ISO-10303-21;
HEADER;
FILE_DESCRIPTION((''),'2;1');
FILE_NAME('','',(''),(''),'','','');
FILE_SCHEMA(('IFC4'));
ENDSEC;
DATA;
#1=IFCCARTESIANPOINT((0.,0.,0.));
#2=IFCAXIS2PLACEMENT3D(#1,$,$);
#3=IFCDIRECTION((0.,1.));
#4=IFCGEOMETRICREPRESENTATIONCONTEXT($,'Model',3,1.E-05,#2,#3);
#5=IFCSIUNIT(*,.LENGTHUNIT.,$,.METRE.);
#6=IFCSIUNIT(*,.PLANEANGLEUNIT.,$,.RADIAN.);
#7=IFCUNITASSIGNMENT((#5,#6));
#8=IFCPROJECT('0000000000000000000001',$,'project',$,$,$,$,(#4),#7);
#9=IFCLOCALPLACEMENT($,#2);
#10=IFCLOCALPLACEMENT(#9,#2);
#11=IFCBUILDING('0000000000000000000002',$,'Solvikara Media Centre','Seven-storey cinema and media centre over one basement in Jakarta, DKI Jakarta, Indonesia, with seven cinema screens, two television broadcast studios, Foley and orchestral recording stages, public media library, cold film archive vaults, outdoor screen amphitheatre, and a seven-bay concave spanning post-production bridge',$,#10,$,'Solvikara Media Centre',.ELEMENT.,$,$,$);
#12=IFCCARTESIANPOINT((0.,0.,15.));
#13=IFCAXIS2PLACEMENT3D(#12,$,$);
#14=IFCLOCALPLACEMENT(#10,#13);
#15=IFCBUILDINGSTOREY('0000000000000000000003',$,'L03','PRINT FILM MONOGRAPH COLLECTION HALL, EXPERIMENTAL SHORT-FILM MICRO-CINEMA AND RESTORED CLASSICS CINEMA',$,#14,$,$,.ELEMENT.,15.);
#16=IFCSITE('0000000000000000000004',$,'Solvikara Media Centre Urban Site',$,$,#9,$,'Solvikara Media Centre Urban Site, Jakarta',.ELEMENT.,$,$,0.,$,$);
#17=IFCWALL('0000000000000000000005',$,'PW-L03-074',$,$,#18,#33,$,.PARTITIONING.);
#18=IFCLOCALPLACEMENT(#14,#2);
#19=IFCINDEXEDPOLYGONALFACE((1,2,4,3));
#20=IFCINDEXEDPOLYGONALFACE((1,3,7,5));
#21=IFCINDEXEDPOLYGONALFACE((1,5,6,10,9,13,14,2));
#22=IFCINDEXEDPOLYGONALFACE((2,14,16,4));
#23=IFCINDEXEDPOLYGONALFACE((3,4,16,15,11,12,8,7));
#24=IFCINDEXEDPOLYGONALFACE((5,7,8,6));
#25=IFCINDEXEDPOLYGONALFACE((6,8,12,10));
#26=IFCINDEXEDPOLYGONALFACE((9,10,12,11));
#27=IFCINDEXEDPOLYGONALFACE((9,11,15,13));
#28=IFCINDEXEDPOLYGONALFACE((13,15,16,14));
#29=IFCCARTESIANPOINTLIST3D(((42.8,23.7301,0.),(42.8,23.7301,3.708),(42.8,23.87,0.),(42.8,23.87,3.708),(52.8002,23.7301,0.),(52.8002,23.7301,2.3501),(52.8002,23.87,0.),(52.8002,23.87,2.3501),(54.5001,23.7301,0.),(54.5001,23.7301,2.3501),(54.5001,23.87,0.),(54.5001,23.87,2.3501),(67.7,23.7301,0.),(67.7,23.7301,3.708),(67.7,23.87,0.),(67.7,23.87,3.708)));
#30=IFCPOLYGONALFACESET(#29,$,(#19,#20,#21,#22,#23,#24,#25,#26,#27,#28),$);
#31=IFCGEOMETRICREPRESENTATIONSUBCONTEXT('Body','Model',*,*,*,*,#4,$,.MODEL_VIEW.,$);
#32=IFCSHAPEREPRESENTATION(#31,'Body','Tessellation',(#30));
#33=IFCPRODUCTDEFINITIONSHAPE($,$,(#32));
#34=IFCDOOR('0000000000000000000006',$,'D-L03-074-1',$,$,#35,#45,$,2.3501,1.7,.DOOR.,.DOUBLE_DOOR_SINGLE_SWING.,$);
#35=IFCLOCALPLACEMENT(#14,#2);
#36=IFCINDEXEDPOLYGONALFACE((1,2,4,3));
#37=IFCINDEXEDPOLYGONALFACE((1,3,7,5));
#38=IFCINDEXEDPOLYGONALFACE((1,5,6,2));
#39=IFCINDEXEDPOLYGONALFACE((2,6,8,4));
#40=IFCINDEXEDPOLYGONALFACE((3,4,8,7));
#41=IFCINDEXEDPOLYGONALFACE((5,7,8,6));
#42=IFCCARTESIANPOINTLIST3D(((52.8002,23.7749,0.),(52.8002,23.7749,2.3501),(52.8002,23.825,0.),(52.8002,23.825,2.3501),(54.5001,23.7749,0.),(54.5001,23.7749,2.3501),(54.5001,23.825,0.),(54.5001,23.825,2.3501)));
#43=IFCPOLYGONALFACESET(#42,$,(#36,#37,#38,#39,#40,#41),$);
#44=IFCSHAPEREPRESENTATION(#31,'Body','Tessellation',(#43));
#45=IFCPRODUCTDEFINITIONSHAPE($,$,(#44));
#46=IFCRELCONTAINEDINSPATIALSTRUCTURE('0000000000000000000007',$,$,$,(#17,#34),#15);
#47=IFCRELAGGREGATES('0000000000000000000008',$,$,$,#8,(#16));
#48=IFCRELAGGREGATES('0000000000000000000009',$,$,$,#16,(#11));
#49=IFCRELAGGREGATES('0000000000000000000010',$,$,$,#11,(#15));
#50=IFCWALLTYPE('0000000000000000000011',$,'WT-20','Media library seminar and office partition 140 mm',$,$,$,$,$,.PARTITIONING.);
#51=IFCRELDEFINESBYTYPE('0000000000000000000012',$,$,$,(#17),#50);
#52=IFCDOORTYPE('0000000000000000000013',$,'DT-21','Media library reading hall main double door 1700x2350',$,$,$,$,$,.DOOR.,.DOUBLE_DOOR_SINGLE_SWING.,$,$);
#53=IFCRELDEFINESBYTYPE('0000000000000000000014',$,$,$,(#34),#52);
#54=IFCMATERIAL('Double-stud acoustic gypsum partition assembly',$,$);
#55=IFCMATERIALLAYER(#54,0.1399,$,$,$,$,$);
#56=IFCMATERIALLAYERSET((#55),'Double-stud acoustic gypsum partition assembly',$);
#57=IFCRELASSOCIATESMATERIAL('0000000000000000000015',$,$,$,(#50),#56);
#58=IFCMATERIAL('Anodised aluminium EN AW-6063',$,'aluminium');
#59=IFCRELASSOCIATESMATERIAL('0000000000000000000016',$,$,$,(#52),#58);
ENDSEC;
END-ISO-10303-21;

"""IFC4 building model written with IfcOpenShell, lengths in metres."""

from ifc_helpers import new_model, si_unit, direction, frame, frame_2d, origin, place, context, subcontext, project, spatial, rectangle, extrude, material, layer, layer_set, type_object, element, fill, save


model = new_model("IFC4")

# Units and contexts
model_context = context("Model", 3, precision=1e-05, world=origin(), true_north=direction((0.0, 1.0)))
body_context = subcontext(model_context, "Body", "Model", "MODEL_VIEW")
ifc_project = project(units=[si_unit("LENGTHUNIT", "METRE"), si_unit("PLANEANGLEUNIT", "RADIAN")], contexts=[model_context])

# Site, building, storey
site_placement = place(None, origin())
site = spatial("IfcSite", under=ifc_project, at=site_placement, Name="Solvikara Media Centre Urban Site", LongName="Solvikara Media Centre Urban Site, Jakarta", CompositionType="ELEMENT", RefElevation=0.0)
building_placement = place(site_placement, origin())
building = spatial("IfcBuilding", under=site, at=building_placement, Name="Solvikara Media Centre", Description="Seven-storey cinema and media centre over one basement in Jakarta, DKI Jakarta, Indonesia, with seven cinema screens, two television broadcast studios, Foley and orchestral recording stages, public media library, cold film archive vaults, outdoor screen amphitheatre, and a seven-bay concave spanning post-production bridge", LongName="Solvikara Media Centre", CompositionType="ELEMENT")
storey_placement = place(building_placement, frame((0.0, 0.0, 15.0)))
storey = spatial("IfcBuildingStorey", under=building, at=storey_placement, Name="L03", Description="PRINT FILM MONOGRAPH COLLECTION HALL, EXPERIMENTAL SHORT-FILM MICRO-CINEMA AND RESTORED CLASSICS CINEMA", CompositionType="ELEMENT", Elevation=15.0)

# Wall, opening, door
ifc_material_1 = material(Name="Double-stud acoustic gypsum partition assembly")
ifc_layer_1 = layer(ifc_material_1, 0.1399)
ifc_layer_set_1 = layer_set([ifc_layer_1], Name="Double-stud acoustic gypsum partition assembly")
wall_type_1 = type_object("IfcWallType", Name="WT-20", Description="Media library seminar and office partition 140 mm", PredefinedType="PARTITIONING", material=ifc_layer_set_1)
wall_1_placement = place(storey_placement, frame((42.8, 23.8, 0.0), z_axis=(0.0, 0.0, 1.0), x_axis=(1.0, 0.0, 0.0)))
wall_1 = element("IfcWall", 1, at=wall_1_placement, inside=storey, type_object=wall_type_1, Name="PW-L03-074", PredefinedType="PARTITIONING", context=body_context, shape_type="SweptSolid", body=[
    extrude(rectangle(XDim=24.8999, YDim=0.1399, at=frame_2d((12.45, 0.0))), origin(), (0.0, 0.0, 1.0), 3.708),
])
opening_1_placement = place(wall_1_placement, frame((10.0, 0.0, 0.0)))
opening_1 = element("IfcOpeningElement", 2, at=opening_1_placement, cuts=wall_1, PredefinedType="OPENING", context=body_context, shape_type="SweptSolid", body=[
    extrude(rectangle(XDim=1.7, YDim=2.3501, at=frame_2d((0.8501, 1.175))), frame((0.0, 0.082, 0.0), z_axis=(0.0, -1.0, 0.0), x_axis=(1.0, 0.0, 0.0)), (0.0, 0.0, 1.0), 0.1638),
])
ifc_material_2 = material(Name="Anodised aluminium EN AW-6063", Category="aluminium")
door_type_1 = type_object("IfcDoorType", Name="DT-21", Description="Media library reading hall main double door 1700x2350", OperationType="DOUBLE_DOOR_SINGLE_SWING", PredefinedType="DOOR", material=ifc_material_2)
door_1_placement = place(opening_1_placement, origin())
door_1 = element("IfcDoor", 3, at=door_1_placement, inside=storey, type_object=door_type_1, Name="D-L03-074-1", OperationType="DOUBLE_DOOR_SINGLE_SWING", OverallHeight=2.3501, OverallWidth=1.7, PredefinedType="DOOR", context=body_context, shape_type="SweptSolid", body=[
    extrude(rectangle(XDim=1.7, YDim=2.3501, at=frame_2d((0.8501, 1.175))), frame((0.0, 0.0249, 0.0), z_axis=(0.0, -1.0, 0.0), x_axis=(1.0, 0.0, 0.0)), (0.0, 0.0, 1.0), 0.05),
])
fill(opening_1, door_1)

save(model, "model.ifc")
